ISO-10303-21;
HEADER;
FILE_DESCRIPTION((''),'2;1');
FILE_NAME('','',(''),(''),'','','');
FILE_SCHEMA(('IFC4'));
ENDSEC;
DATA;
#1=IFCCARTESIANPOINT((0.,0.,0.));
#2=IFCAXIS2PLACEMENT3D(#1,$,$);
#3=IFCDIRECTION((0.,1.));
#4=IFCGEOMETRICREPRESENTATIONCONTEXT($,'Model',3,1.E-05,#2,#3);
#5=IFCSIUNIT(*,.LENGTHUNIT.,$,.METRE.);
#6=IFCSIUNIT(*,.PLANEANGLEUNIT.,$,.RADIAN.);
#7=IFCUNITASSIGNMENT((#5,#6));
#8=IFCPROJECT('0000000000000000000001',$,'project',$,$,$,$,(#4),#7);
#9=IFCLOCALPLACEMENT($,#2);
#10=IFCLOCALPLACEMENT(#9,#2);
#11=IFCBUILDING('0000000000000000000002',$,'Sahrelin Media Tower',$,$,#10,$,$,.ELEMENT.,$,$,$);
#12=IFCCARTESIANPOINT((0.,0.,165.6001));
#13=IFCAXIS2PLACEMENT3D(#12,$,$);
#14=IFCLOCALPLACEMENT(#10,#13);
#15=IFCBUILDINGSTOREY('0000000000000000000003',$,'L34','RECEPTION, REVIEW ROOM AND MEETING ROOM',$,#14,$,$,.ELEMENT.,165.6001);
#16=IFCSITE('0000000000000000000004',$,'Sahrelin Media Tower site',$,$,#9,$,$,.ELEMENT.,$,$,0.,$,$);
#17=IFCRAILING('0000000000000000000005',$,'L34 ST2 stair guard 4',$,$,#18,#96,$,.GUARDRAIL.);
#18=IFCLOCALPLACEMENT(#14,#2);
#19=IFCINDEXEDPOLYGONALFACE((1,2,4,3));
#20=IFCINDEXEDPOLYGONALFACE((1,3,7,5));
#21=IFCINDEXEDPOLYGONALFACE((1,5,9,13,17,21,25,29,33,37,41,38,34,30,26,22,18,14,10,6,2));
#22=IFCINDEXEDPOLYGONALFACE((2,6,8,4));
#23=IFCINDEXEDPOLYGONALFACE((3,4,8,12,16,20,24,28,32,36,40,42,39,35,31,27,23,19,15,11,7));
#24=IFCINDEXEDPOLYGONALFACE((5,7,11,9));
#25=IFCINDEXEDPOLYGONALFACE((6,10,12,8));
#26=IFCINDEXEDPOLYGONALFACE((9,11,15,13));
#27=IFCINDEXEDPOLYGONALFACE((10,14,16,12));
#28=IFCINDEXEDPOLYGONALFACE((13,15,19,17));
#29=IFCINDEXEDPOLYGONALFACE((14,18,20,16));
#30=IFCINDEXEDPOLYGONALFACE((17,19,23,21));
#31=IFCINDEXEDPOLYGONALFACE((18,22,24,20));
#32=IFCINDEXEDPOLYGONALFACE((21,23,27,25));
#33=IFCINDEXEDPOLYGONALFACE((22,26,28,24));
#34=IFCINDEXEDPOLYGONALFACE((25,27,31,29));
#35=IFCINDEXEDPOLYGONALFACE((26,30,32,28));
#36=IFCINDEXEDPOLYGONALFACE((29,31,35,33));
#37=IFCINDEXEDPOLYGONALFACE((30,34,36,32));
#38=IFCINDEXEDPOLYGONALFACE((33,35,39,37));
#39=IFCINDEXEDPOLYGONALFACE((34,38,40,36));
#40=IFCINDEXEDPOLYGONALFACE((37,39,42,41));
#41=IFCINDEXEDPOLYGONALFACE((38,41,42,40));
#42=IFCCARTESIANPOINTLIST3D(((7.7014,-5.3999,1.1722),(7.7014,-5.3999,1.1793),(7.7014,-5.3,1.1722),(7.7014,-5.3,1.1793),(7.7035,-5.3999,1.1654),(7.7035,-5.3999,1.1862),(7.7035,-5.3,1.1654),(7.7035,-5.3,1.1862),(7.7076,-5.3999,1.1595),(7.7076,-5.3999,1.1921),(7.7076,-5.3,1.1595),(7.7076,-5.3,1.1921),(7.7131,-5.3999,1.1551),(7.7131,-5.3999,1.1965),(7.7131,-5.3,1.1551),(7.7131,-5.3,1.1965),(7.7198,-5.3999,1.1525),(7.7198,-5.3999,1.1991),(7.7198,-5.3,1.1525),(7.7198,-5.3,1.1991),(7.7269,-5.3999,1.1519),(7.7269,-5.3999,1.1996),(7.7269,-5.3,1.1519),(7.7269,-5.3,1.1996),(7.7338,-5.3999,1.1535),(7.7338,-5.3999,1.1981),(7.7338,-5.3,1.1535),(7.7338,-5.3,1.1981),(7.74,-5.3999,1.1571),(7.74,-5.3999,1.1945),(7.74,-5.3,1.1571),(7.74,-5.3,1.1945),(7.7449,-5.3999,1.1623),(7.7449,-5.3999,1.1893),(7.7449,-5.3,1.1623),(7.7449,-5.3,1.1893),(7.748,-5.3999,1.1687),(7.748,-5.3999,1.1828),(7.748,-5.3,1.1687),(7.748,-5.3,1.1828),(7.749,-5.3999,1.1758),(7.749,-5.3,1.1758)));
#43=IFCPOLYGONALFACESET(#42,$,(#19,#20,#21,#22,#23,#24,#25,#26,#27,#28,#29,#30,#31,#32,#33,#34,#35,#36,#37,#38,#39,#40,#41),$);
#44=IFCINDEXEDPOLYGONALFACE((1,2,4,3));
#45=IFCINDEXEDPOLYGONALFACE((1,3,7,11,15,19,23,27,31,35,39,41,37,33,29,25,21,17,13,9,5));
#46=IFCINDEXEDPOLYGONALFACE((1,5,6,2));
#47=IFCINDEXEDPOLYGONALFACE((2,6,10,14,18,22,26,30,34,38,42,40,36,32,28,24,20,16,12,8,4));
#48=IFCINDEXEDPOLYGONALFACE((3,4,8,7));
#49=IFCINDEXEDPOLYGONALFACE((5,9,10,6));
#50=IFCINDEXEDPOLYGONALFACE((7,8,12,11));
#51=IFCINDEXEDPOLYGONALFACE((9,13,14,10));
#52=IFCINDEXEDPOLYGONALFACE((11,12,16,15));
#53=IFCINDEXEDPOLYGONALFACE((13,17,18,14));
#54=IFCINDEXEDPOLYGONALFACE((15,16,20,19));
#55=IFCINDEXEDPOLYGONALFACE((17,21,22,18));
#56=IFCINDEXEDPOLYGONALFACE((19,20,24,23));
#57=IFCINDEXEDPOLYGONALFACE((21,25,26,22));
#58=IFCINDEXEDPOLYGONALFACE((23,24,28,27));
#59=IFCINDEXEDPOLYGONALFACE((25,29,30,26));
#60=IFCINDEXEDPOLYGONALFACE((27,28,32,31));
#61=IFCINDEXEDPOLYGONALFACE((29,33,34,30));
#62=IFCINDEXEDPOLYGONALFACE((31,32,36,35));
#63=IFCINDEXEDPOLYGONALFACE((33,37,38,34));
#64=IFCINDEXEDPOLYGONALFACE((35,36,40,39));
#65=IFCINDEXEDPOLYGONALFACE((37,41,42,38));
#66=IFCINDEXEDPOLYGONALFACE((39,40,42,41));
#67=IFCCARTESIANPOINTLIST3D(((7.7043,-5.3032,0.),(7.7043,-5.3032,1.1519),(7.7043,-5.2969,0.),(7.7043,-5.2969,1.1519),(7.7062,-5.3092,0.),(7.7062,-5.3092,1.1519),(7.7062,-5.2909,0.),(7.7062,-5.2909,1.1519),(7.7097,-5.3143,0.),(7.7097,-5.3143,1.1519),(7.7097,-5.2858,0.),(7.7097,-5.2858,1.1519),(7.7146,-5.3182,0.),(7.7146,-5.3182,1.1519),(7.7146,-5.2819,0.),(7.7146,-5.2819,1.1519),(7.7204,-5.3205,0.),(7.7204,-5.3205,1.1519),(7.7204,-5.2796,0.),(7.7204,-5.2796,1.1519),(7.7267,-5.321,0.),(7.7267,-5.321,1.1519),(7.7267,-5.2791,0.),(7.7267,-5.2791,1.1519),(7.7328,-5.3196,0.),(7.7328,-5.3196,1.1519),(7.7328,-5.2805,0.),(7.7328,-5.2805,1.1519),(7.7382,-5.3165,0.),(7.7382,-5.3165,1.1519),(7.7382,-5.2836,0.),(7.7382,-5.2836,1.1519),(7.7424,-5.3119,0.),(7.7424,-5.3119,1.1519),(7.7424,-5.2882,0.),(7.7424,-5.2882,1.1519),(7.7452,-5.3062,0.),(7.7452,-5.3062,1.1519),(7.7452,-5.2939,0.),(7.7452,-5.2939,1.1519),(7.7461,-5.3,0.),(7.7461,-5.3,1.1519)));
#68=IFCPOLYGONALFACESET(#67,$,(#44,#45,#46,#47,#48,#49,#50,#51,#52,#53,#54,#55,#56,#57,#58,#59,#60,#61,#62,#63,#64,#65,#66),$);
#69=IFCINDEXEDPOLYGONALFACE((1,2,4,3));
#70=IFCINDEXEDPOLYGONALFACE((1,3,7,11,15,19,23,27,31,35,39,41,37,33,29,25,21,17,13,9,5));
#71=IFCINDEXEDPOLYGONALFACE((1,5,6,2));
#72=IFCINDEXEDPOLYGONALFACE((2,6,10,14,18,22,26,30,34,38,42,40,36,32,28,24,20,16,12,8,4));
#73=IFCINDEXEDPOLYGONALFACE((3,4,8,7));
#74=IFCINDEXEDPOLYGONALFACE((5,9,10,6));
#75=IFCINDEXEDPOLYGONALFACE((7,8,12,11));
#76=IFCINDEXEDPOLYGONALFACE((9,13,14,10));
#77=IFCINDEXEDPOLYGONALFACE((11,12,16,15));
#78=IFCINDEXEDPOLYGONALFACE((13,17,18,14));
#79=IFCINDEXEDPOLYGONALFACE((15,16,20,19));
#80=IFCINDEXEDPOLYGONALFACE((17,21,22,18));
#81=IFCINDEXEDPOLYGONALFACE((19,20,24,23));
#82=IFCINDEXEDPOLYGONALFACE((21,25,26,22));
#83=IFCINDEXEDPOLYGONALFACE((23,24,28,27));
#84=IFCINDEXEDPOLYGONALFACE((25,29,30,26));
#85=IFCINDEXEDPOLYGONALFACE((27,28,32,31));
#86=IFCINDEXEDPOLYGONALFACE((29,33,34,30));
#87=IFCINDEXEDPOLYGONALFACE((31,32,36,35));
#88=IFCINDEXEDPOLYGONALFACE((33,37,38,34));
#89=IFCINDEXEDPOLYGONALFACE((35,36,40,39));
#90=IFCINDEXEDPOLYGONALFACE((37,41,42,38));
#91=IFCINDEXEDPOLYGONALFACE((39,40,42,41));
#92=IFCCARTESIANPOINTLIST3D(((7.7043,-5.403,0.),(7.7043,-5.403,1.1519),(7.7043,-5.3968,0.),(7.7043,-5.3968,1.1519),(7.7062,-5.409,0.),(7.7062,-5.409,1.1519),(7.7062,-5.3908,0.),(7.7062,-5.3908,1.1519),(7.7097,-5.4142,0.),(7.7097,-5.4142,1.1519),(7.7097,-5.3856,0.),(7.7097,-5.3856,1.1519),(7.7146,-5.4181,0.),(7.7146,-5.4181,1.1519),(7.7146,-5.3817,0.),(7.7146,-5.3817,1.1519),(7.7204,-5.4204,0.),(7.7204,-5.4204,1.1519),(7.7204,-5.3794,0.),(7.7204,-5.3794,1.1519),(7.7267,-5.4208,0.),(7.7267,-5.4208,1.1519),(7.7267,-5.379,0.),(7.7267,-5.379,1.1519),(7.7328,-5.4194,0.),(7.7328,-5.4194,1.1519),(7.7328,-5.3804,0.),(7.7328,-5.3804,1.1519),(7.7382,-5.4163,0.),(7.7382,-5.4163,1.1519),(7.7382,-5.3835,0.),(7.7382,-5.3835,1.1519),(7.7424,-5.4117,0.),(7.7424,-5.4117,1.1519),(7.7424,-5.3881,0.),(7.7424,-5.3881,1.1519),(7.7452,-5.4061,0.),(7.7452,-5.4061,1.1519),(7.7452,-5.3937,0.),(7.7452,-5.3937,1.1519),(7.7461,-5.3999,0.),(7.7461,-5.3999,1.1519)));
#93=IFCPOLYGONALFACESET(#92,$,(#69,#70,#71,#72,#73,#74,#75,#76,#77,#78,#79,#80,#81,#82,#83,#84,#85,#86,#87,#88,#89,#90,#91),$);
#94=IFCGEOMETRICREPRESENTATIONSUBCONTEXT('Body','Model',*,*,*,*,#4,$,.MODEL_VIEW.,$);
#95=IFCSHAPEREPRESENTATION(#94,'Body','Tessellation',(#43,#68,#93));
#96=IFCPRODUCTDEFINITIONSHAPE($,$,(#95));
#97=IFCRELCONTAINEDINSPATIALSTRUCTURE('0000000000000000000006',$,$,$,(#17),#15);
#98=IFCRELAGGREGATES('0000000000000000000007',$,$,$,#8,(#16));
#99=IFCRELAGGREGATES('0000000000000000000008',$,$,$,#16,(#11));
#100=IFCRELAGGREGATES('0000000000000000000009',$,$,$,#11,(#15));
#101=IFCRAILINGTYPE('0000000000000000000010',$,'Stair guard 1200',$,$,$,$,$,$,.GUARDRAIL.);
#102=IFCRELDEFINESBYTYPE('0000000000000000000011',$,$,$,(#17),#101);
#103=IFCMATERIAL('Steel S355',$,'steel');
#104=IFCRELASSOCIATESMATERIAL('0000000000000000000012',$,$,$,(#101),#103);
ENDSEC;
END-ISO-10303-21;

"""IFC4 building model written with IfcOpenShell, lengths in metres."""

from ifc_helpers import new_model, si_unit, direction, frame, origin, origin_2d, place, context, subcontext, project, spatial, circle, extrude, material, type_object, element, save


model = new_model("IFC4")

# Units and contexts
model_context = context("Model", 3, precision=1e-05, world=origin(), true_north=direction((0.0, 1.0)))
body_context = subcontext(model_context, "Body", "Model", "MODEL_VIEW")
ifc_project = project(units=[si_unit("LENGTHUNIT", "METRE"), si_unit("PLANEANGLEUNIT", "RADIAN")], contexts=[model_context])

# Site, building, storey
site_placement = place(None, origin())
site = spatial("IfcSite", under=ifc_project, at=site_placement, Name="Sahrelin Media Tower site", CompositionType="ELEMENT", RefElevation=0.0)
building_placement = place(site_placement, origin())
building = spatial("IfcBuilding", under=site, at=building_placement, Name="Sahrelin Media Tower", CompositionType="ELEMENT")
storey_placement = place(building_placement, frame((0.0, 0.0, 165.6001)))
storey = spatial("IfcBuildingStorey", under=building, at=storey_placement, Name="L34", Description="RECEPTION, REVIEW ROOM AND MEETING ROOM", CompositionType="ELEMENT", Elevation=165.6001)

# Shared definitions
ifc_material_1 = material(Name="Steel S355", Category="steel")

# Railing
railing_type_1 = type_object("IfcRailingType", Name="Stair guard 1200", PredefinedType="GUARDRAIL", material=ifc_material_1)
railing_1_placement = place(storey_placement, frame((7.7251, -5.3, 0.0)))
element("IfcRailing", 1, at=railing_1_placement, inside=storey, type_object=railing_type_1, Name="L34 ST2 stair guard 4", PredefinedType="GUARDRAIL", context=body_context, shape_type="SweptSolid", body=[
    extrude(circle(Radius=0.0239, at=origin_2d()), frame((0.0, 0.0, 1.1758), z_axis=(0.0, -1.0, 0.0), x_axis=(1.0, 0.0, 0.0)), (0.0, 0.0, 1.0), 0.0999),
    extrude(circle(Radius=0.021, at=origin_2d()), origin(), (0.0, 0.0, 1.0), 1.1519),
    extrude(circle(Radius=0.021, at=origin_2d()), frame((0.0, -0.0999, 0.0)), (0.0, 0.0, 1.0), 1.1519),
])

save(model, "model.ifc")
